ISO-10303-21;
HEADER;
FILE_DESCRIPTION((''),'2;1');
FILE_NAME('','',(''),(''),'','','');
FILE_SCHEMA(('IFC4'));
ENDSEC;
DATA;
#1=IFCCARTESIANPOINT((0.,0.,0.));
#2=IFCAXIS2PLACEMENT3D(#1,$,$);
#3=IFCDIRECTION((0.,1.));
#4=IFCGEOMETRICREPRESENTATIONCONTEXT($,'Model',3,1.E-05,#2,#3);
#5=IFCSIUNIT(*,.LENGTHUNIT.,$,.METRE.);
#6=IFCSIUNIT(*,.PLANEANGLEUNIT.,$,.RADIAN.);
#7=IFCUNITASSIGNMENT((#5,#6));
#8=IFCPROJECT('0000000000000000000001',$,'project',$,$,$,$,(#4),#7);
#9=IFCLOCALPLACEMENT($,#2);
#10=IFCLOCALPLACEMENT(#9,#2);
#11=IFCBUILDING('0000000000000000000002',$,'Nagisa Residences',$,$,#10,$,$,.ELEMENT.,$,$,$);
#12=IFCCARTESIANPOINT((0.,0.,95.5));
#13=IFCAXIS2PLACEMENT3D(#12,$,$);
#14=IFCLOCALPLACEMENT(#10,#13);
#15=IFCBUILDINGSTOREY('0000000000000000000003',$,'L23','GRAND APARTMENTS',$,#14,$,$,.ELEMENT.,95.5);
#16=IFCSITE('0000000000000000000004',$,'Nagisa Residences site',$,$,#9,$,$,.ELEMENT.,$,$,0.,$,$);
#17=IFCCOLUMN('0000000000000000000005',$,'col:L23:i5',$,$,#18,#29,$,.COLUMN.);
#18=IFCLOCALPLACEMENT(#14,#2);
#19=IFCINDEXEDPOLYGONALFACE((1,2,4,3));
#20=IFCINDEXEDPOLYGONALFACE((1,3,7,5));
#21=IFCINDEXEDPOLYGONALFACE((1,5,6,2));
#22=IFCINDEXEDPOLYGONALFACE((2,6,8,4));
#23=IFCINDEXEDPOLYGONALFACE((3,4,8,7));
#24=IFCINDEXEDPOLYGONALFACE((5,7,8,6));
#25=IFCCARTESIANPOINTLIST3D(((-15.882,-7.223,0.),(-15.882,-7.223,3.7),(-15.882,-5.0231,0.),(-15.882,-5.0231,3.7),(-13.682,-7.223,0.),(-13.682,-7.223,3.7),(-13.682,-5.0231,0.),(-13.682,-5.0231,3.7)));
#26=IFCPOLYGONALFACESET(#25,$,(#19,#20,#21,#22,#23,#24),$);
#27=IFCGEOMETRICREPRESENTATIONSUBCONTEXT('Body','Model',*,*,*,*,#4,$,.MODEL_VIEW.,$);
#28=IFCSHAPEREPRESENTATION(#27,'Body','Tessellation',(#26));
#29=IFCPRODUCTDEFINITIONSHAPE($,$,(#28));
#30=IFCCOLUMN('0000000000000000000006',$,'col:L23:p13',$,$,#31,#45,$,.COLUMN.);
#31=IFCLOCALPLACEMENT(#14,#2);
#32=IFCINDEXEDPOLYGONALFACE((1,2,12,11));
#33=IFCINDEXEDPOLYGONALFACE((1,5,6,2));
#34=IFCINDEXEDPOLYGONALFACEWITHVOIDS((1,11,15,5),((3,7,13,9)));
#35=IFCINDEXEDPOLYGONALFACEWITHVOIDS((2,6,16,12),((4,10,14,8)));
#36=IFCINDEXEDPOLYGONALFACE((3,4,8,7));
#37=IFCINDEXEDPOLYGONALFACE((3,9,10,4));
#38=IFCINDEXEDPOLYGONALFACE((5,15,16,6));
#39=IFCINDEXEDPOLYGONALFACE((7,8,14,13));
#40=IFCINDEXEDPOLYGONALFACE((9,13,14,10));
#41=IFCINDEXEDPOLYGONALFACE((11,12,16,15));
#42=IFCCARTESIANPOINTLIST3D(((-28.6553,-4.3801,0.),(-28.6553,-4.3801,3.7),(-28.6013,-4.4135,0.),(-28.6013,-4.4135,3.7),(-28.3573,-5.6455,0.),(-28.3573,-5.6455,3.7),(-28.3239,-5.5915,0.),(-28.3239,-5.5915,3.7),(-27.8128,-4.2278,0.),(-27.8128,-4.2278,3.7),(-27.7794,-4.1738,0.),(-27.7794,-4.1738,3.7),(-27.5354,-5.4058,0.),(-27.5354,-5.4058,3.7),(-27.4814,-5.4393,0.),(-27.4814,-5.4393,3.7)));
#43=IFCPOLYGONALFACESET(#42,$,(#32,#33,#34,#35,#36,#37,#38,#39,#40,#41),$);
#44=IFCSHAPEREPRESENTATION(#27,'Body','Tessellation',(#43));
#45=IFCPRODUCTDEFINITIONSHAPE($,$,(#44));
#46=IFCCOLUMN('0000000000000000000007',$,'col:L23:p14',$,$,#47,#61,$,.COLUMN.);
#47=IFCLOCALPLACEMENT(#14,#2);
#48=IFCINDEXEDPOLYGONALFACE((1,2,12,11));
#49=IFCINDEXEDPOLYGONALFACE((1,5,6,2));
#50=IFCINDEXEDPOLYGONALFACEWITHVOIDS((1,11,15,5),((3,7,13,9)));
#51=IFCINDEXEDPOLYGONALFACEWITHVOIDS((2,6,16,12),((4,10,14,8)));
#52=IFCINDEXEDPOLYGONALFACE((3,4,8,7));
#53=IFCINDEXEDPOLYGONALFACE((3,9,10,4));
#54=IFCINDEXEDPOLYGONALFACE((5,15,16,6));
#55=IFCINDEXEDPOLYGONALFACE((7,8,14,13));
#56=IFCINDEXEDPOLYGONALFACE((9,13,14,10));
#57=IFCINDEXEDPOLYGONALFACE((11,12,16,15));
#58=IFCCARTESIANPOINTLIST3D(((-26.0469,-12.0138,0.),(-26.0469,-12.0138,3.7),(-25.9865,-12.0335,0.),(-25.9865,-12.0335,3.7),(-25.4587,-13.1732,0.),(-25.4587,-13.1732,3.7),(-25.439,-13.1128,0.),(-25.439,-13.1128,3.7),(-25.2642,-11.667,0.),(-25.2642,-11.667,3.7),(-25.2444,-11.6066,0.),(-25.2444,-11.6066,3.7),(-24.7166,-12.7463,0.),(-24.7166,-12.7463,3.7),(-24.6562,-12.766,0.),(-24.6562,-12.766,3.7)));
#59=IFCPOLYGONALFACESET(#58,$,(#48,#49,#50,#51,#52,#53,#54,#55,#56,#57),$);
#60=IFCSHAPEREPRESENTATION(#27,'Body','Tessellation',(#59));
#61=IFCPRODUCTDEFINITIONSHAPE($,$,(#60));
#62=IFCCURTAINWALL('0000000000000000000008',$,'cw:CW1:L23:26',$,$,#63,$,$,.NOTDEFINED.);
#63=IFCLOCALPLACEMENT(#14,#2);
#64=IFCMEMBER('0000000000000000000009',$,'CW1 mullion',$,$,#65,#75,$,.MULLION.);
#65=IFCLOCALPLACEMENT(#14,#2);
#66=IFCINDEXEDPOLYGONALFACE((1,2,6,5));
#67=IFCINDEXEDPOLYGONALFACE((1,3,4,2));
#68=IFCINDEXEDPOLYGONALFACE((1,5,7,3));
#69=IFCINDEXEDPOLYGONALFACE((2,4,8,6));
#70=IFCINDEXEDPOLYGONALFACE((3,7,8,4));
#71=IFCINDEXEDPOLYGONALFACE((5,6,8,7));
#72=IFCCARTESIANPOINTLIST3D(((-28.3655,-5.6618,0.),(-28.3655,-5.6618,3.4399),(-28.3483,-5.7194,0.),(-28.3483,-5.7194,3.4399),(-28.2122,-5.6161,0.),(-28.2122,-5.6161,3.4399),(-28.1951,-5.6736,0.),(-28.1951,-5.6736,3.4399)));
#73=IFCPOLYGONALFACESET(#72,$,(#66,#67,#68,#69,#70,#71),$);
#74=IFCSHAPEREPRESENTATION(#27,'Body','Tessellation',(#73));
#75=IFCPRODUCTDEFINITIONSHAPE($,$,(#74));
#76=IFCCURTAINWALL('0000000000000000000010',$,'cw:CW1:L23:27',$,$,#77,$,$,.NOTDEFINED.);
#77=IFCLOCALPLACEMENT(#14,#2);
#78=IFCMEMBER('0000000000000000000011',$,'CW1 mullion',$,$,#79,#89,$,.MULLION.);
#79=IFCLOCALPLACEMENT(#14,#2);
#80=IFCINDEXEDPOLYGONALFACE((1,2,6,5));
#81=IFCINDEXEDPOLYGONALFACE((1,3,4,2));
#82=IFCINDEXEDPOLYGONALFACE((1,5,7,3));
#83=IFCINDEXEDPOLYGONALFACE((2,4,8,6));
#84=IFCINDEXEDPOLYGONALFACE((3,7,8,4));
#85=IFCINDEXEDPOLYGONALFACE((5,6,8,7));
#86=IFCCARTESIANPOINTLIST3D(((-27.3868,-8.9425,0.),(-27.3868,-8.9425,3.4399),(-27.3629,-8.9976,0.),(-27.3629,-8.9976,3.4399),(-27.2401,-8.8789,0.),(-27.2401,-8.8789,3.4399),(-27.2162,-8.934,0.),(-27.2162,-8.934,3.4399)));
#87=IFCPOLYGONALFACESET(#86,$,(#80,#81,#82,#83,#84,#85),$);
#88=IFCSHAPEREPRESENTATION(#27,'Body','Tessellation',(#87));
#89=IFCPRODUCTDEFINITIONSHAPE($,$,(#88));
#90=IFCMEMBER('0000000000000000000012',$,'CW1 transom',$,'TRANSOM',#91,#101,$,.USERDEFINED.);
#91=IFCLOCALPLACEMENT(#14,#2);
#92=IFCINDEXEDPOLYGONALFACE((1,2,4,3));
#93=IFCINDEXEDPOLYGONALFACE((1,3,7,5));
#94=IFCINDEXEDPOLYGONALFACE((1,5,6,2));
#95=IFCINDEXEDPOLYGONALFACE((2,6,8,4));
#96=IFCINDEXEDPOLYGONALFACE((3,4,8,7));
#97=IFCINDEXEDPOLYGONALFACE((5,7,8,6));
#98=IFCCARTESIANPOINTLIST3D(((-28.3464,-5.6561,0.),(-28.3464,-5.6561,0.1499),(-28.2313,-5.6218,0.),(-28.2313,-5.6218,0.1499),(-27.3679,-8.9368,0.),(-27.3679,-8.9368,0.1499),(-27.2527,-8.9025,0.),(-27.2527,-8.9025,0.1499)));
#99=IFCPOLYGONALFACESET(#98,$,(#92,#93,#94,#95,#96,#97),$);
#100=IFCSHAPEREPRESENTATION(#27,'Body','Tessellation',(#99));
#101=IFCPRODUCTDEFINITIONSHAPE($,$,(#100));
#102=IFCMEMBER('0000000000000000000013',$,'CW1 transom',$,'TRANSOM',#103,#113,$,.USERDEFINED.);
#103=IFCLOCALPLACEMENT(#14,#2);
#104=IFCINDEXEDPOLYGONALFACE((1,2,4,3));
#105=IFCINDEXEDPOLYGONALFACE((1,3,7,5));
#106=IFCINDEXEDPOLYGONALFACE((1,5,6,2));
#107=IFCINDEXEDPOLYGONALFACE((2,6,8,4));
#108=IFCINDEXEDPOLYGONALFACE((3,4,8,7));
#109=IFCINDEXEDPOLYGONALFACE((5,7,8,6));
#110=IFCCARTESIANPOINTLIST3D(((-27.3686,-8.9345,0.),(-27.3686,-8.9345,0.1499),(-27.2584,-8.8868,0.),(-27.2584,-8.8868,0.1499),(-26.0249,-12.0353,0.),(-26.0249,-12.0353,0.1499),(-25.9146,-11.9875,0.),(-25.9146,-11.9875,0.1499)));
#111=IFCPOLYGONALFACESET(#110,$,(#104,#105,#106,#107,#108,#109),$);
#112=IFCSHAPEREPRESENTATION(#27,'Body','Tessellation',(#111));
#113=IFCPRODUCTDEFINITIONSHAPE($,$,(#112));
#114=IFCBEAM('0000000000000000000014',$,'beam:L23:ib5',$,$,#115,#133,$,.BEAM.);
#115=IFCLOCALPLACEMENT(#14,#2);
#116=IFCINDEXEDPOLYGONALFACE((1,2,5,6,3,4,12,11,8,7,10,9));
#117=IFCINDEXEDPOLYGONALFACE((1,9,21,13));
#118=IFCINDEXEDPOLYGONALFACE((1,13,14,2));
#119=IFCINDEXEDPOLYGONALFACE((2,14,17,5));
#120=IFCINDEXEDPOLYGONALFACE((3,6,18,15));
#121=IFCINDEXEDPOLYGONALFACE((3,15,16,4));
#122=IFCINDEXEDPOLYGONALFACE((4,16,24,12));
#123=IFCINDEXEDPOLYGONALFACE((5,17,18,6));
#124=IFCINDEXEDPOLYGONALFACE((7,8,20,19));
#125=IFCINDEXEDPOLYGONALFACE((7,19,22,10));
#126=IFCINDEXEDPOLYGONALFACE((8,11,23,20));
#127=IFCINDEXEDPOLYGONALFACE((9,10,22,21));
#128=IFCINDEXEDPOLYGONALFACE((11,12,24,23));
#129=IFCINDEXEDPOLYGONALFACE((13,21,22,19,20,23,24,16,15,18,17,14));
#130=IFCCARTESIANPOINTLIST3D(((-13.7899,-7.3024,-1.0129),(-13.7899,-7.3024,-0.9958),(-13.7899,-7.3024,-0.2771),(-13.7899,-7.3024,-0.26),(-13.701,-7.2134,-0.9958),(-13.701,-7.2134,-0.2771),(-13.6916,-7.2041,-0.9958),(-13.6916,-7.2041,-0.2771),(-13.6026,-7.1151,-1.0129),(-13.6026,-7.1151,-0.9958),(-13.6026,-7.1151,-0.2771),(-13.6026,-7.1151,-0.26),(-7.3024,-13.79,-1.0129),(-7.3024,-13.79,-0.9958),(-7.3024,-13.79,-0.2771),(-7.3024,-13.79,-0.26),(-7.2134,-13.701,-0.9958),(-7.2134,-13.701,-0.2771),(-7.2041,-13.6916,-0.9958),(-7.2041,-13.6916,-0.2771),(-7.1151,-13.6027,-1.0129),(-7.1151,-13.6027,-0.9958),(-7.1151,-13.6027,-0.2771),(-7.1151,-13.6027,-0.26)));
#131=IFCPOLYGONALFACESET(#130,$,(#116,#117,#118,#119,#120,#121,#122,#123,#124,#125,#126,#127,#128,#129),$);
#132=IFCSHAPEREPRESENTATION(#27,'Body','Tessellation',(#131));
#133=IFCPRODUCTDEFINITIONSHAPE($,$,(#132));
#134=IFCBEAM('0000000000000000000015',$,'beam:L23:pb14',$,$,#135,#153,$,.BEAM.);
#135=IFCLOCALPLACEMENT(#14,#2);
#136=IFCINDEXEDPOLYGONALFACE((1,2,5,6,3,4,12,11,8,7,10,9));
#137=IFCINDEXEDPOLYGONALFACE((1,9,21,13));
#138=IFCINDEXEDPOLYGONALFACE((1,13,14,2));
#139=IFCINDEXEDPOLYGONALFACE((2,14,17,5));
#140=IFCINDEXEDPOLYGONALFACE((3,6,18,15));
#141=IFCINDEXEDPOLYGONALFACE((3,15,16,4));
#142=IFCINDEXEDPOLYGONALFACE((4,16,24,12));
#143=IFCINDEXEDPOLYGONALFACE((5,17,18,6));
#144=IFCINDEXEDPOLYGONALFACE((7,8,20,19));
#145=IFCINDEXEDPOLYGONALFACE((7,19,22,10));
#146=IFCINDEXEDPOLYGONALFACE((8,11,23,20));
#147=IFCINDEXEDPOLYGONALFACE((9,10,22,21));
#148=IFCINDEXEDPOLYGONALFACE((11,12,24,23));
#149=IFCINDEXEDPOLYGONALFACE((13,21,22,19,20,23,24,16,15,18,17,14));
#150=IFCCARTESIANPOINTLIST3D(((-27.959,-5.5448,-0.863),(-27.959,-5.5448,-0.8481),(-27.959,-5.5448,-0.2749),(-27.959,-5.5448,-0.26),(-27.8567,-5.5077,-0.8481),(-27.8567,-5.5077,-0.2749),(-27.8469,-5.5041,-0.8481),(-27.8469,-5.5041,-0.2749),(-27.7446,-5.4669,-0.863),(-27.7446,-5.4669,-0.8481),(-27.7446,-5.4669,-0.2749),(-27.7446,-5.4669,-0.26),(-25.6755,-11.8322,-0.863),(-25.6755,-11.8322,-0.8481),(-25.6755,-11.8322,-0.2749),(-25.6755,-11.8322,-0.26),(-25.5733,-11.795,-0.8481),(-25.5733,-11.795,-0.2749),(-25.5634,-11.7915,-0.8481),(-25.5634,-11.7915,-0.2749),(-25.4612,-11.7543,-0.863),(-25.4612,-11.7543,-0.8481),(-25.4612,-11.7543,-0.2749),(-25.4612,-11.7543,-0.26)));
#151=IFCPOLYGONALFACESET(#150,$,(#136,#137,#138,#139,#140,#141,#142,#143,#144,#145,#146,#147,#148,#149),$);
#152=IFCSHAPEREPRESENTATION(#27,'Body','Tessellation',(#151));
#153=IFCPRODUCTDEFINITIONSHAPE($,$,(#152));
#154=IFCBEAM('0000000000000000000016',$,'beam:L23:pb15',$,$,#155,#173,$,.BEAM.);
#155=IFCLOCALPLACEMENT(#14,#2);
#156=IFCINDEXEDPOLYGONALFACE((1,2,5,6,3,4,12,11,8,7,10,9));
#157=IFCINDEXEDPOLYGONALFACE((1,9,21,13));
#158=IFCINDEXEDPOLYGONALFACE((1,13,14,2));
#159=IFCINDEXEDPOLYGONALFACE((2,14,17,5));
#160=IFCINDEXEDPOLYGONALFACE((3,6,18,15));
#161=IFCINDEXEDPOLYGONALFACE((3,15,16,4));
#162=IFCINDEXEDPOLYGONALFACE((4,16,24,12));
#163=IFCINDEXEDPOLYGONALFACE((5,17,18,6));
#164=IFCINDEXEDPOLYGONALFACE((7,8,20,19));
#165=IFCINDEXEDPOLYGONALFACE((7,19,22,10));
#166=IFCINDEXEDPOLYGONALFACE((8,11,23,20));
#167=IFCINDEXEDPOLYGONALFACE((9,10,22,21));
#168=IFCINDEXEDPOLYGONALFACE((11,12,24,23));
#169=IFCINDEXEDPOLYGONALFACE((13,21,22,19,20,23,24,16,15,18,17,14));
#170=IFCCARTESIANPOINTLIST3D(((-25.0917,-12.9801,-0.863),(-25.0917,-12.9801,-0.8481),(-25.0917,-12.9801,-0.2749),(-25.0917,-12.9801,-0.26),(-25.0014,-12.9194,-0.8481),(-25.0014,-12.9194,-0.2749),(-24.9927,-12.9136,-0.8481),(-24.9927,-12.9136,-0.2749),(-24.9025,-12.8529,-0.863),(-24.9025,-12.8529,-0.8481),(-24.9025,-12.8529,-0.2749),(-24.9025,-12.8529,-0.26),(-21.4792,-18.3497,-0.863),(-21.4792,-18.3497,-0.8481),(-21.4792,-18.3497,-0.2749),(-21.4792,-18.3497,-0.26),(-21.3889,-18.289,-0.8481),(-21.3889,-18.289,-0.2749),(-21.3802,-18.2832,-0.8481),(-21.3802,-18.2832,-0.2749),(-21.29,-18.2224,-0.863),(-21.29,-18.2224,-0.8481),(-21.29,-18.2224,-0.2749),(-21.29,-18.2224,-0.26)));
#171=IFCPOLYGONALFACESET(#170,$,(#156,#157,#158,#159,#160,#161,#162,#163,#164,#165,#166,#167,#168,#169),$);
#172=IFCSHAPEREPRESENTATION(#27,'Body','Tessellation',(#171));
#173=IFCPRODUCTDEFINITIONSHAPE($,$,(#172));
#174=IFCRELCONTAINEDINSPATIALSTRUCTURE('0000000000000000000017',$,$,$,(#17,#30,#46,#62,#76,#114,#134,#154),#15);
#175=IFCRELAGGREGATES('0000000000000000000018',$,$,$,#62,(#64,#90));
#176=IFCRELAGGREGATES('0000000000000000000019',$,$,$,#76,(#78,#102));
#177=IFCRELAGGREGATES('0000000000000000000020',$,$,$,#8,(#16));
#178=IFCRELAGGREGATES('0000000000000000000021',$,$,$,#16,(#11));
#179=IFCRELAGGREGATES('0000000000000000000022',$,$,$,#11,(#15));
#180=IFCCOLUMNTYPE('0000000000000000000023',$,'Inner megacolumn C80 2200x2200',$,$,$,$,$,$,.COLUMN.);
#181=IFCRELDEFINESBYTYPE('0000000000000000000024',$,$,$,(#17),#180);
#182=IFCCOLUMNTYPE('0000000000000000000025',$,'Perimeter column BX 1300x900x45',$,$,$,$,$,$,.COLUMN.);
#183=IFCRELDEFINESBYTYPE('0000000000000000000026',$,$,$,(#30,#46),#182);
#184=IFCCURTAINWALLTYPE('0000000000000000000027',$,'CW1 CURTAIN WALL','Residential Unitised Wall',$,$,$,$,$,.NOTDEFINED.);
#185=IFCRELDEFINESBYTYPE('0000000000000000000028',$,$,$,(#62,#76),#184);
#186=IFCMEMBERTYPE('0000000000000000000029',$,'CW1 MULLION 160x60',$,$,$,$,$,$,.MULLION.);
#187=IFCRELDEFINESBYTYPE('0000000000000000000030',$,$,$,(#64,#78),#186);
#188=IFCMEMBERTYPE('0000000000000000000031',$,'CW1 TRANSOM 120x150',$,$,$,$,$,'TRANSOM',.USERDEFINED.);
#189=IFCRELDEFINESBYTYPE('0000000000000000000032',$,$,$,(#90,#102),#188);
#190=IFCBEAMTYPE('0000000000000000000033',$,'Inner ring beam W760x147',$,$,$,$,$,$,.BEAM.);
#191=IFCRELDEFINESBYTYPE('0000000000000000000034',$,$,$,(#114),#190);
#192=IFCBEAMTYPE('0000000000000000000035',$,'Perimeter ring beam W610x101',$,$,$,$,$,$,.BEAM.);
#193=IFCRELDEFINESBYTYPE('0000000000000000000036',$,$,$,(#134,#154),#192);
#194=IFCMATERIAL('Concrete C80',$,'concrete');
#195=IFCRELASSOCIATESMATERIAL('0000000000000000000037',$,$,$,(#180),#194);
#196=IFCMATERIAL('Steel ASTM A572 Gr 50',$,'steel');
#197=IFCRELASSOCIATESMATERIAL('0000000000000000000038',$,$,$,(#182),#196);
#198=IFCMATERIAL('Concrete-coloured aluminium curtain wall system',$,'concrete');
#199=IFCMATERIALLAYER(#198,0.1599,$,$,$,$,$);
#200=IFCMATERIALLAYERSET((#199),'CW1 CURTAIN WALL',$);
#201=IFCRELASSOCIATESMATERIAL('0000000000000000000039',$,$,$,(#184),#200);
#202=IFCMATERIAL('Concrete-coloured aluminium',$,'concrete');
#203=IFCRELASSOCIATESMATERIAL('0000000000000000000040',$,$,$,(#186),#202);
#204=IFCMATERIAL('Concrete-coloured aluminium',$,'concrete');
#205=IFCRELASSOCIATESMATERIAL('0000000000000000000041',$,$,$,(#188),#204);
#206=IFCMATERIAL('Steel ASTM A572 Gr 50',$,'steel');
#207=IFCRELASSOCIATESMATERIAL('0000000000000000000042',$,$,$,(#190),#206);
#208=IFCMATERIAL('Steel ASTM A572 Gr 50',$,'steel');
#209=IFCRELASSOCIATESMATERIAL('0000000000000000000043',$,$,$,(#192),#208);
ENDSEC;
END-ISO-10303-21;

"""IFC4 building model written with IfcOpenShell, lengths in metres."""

from ifc_helpers import new_model, si_unit, direction, frame, origin, origin_2d, place, context, subcontext, project, spatial, rectangle, hollow_rectangle, i_section, extrude, material, layer, layer_set, material_profile, profile_set, type_object, element, aggregate, save


model = new_model("IFC4")

# Units and contexts
model_context = context("Model", 3, precision=1e-05, world=origin(), true_north=direction((0.0, 1.0)))
body_context = subcontext(model_context, "Body", "Model", "MODEL_VIEW")
ifc_project = project(units=[si_unit("LENGTHUNIT", "METRE"), si_unit("PLANEANGLEUNIT", "RADIAN")], contexts=[model_context])

# Site, building, storey
site_placement = place(None, origin())
site = spatial("IfcSite", under=ifc_project, at=site_placement, Name="Nagisa Residences site", CompositionType="ELEMENT", RefElevation=0.0)
building_placement = place(site_placement, origin())
building = spatial("IfcBuilding", under=site, at=building_placement, Name="Nagisa Residences", CompositionType="ELEMENT")
storey_placement = place(building_placement, frame((0.0, 0.0, 95.5)))
storey = spatial("IfcBuildingStorey", under=building, at=storey_placement, Name="L23", Description="GRAND APARTMENTS", CompositionType="ELEMENT", Elevation=95.5)

# Columns
ifc_material_1 = material(Name="Concrete C80", Category="concrete")
ifc_material_profile_1 = material_profile(ifc_material_1, rectangle(XDim=2.2, YDim=2.2, at=origin_2d()), Name="C80 2200x2200")
ifc_profile_set_1 = profile_set([ifc_material_profile_1], Name="Concrete C80")
column_type_1 = type_object("IfcColumnType", Name="Inner megacolumn C80 2200x2200", PredefinedType="COLUMN", material=ifc_profile_set_1)
column_placement = place(storey_placement, frame((-14.782, -6.123, 0.0), z_axis=(0.0, 0.0, 1.0), x_axis=(1.0, 0.0, 0.0)))
element("IfcColumn", 1, at=column_placement, inside=storey, type_object=column_type_1, Name="col:L23:i5", PredefinedType="COLUMN", context=body_context, shape_type="SweptSolid", body=[
    extrude(rectangle(XDim=2.2, YDim=2.2, at=origin_2d()), origin(), (0.0, 0.0, 1.0), 3.7),
])
ifc_material_2 = material(Name="Steel ASTM A572 Gr 50", Category="steel")
ifc_material_profile_2 = material_profile(ifc_material_2, hollow_rectangle(XDim=1.3, YDim=0.8999, WallThickness=0.0449, at=origin_2d()), Name="BX 1300x900x45")
ifc_profile_set_2 = profile_set([ifc_material_profile_2], Name="Steel ASTM A572 Gr 50")
column_type_2 = type_object("IfcColumnType", Name="Perimeter column BX 1300x900x45", PredefinedType="COLUMN", material=ifc_profile_set_2)
for number, where, z_axis, x_axis, name in (
    (2, (-28.0684, -4.9097, 0.0), (0.0, 0.0, 1.0), (0.229202, -0.973379, 0.0), "col:L23:p13"),
    (3, (-25.3516, -12.3899, 0.0), (0.0, 0.0, 1.0), (0.452463, -0.891783, 0.0), "col:L23:p14"),
):
    element("IfcColumn", number, at=place(storey_placement, frame(where, z_axis=z_axis, x_axis=x_axis)), inside=storey, type_object=column_type_2, Name=name, PredefinedType="COLUMN", context=body_context, shape_type="SweptSolid", body=[
        extrude(hollow_rectangle(XDim=1.3, YDim=0.8999, WallThickness=0.0449, at=origin_2d()), origin(), (0.0, 0.0, 1.0), 3.7),
    ])

# Curtain walls, members
ifc_material_3 = material(Name="Concrete-coloured aluminium curtain wall system", Category="concrete")
ifc_layer_1 = layer(ifc_material_3, 0.1599)
ifc_layer_set_1 = layer_set([ifc_layer_1], Name="CW1 CURTAIN WALL")
curtain_wall_type = type_object("IfcCurtainWallType", Name="CW1 CURTAIN WALL", Description="Residential Unitised Wall", PredefinedType="NOTDEFINED", material=ifc_layer_set_1)
curtain_wall_1_placement = place(storey_placement, origin())
curtain_wall_1 = element("IfcCurtainWall", 4, at=curtain_wall_1_placement, inside=storey, type_object=curtain_wall_type, Name="cw:CW1:L23:26", PredefinedType="NOTDEFINED")
ifc_material_4 = material(Name="Concrete-coloured aluminium", Category="concrete")
ifc_material_profile_3 = material_profile(ifc_material_4, rectangle(XDim=0.1599, YDim=0.0601, at=origin_2d()), Name="CW1 MULLION 160x60")
ifc_profile_set_3 = profile_set([ifc_material_profile_3], Name="Concrete-coloured aluminium")
member_type_1 = type_object("IfcMemberType", Name="CW1 MULLION 160x60", PredefinedType="MULLION", material=ifc_profile_set_3)
member_1_placement = place(storey_placement, frame((-28.2803, -5.6677, 0.0), z_axis=(0.0, 0.0, 1.0), x_axis=(0.958271, 0.28586, 0.0)))
member_1 = element("IfcMember", 5, at=member_1_placement, type_object=member_type_1, Name="CW1 mullion", PredefinedType="MULLION", context=body_context, shape_type="SweptSolid", body=[
    extrude(rectangle(XDim=0.1599, YDim=0.0601, at=origin_2d()), origin(), (0.0, 0.0, 1.0), 3.4399),
])
curtain_wall_2_placement = place(storey_placement, origin())
curtain_wall_2 = element("IfcCurtainWall", 6, at=curtain_wall_2_placement, inside=storey, type_object=curtain_wall_type, Name="cw:CW1:L23:27", PredefinedType="NOTDEFINED")
member_2_placement = place(storey_placement, frame((-27.3015, -8.9382, 0.0), z_axis=(0.0, 0.0, 1.0), x_axis=(0.917543, 0.397636, 0.0)))
member_2 = element("IfcMember", 7, at=member_2_placement, type_object=member_type_1, Name="CW1 mullion", PredefinedType="MULLION", context=body_context, shape_type="SweptSolid", body=[
    extrude(rectangle(XDim=0.1599, YDim=0.0601, at=origin_2d()), origin(), (0.0, 0.0, 1.0), 3.4399),
])

# Members
ifc_material_5 = material(Name="Concrete-coloured aluminium", Category="concrete")
ifc_material_profile_4 = material_profile(ifc_material_5, rectangle(XDim=0.1201, YDim=0.1499, at=origin_2d()), Name="CW1 TRANSOM 120x150")
ifc_profile_set_4 = profile_set([ifc_material_profile_4], Name="Concrete-coloured aluminium")
member_type_2 = type_object("IfcMemberType", Name="CW1 TRANSOM 120x150", ElementType="TRANSOM", PredefinedType="USERDEFINED", material=ifc_profile_set_4)
member_3_placement = place(storey_placement, frame((-28.2888, -5.6389, 0.075), z_axis=(0.285817, -0.958284, 0.0), x_axis=(0.958284, 0.285817, 0.0)))
member_3 = element("IfcMember", 8, at=member_3_placement, type_object=member_type_2, Name="CW1 transom", ObjectType="TRANSOM", PredefinedType="USERDEFINED", context=body_context, shape_type="SweptSolid", body=[
    extrude(rectangle(XDim=0.1201, YDim=0.1499, at=origin_2d()), origin(), (0.0, 0.0, 1.0), 3.4236),
])
member_4_placement = place(storey_placement, frame((-27.3135, -8.9106, 0.075), z_axis=(0.397622, -0.917549, 0.0), x_axis=(0.917549, 0.397622, 0.0)))
member_4 = element("IfcMember", 9, at=member_4_placement, type_object=member_type_2, Name="CW1 transom", ObjectType="TRANSOM", PredefinedType="USERDEFINED", context=body_context, shape_type="SweptSolid", body=[
    extrude(rectangle(XDim=0.1201, YDim=0.1499, at=origin_2d()), origin(), (0.0, 0.0, 1.0), 3.3794),
])

# Beams
ifc_material_6 = material(Name="Steel ASTM A572 Gr 50", Category="steel")
ifc_material_profile_5 = material_profile(ifc_material_6, i_section(OverallWidth=0.2649, OverallDepth=0.7529, WebThickness=0.0132, FlangeThickness=0.0171, at=origin_2d()), Name="W760x147")
ifc_profile_set_5 = profile_set([ifc_material_profile_5], Name="Steel ASTM A572 Gr 50")
beam_type_1 = type_object("IfcBeamType", Name="Inner ring beam W760x147", PredefinedType="BEAM", material=ifc_profile_set_5)
beam_1_placement = place(storey_placement, frame((-13.6963, -7.2087, -0.6365), z_axis=(0.707107, -0.707107, 0.0), x_axis=(0.707107, 0.707107, 0.0)))
element("IfcBeam", 10, at=beam_1_placement, inside=storey, type_object=beam_type_1, Name="beam:L23:ib5", PredefinedType="BEAM", context=body_context, shape_type="SweptSolid", body=[
    extrude(i_section(OverallWidth=0.2649, OverallDepth=0.7529, WebThickness=0.0132, FlangeThickness=0.0171, at=origin_2d()), origin(), (0.0, 0.0, 1.0), 9.1748),
])
ifc_material_7 = material(Name="Steel ASTM A572 Gr 50", Category="steel")
ifc_material_profile_6 = material_profile(ifc_material_7, i_section(OverallWidth=0.228, OverallDepth=0.603, WebThickness=0.0105, FlangeThickness=0.0149, at=origin_2d()), Name="W610x101")
ifc_profile_set_6 = profile_set([ifc_material_profile_6], Name="Steel ASTM A572 Gr 50")
beam_type_2 = type_object("IfcBeamType", Name="Perimeter ring beam W610x101", PredefinedType="BEAM", material=ifc_profile_set_6)
beam_2_placement = place(storey_placement, frame((-27.8518, -5.5059, -0.5615), z_axis=(0.341365, -0.939931, 0.0), x_axis=(0.939931, 0.341365, 0.0)))
element("IfcBeam", 11, at=beam_2_placement, inside=storey, type_object=beam_type_2, Name="beam:L23:pb14", PredefinedType="BEAM", context=body_context, shape_type="SweptSolid", body=[
    extrude(i_section(OverallWidth=0.228, OverallDepth=0.603, WebThickness=0.0105, FlangeThickness=0.0149, at=origin_2d()), origin(), (0.0, 0.0, 1.0), 6.6892),
])
beam_3_placement = place(storey_placement, frame((-24.9971, -12.9165, -0.5615), z_axis=(0.558204, -0.829704, 0.0), x_axis=(0.829704, 0.558204, 0.0)))
element("IfcBeam", 12, at=beam_3_placement, inside=storey, type_object=beam_type_2, Name="beam:L23:pb15", PredefinedType="BEAM", context=body_context, shape_type="SweptSolid", body=[
    extrude(i_section(OverallWidth=0.228, OverallDepth=0.603, WebThickness=0.0105, FlangeThickness=0.0149, at=origin_2d()), origin(), (0.0, 0.0, 1.0), 6.4717),
])

aggregate(curtain_wall_1, [member_1, member_3])
aggregate(curtain_wall_2, [member_2, member_4])

save(model, "model.ifc")
